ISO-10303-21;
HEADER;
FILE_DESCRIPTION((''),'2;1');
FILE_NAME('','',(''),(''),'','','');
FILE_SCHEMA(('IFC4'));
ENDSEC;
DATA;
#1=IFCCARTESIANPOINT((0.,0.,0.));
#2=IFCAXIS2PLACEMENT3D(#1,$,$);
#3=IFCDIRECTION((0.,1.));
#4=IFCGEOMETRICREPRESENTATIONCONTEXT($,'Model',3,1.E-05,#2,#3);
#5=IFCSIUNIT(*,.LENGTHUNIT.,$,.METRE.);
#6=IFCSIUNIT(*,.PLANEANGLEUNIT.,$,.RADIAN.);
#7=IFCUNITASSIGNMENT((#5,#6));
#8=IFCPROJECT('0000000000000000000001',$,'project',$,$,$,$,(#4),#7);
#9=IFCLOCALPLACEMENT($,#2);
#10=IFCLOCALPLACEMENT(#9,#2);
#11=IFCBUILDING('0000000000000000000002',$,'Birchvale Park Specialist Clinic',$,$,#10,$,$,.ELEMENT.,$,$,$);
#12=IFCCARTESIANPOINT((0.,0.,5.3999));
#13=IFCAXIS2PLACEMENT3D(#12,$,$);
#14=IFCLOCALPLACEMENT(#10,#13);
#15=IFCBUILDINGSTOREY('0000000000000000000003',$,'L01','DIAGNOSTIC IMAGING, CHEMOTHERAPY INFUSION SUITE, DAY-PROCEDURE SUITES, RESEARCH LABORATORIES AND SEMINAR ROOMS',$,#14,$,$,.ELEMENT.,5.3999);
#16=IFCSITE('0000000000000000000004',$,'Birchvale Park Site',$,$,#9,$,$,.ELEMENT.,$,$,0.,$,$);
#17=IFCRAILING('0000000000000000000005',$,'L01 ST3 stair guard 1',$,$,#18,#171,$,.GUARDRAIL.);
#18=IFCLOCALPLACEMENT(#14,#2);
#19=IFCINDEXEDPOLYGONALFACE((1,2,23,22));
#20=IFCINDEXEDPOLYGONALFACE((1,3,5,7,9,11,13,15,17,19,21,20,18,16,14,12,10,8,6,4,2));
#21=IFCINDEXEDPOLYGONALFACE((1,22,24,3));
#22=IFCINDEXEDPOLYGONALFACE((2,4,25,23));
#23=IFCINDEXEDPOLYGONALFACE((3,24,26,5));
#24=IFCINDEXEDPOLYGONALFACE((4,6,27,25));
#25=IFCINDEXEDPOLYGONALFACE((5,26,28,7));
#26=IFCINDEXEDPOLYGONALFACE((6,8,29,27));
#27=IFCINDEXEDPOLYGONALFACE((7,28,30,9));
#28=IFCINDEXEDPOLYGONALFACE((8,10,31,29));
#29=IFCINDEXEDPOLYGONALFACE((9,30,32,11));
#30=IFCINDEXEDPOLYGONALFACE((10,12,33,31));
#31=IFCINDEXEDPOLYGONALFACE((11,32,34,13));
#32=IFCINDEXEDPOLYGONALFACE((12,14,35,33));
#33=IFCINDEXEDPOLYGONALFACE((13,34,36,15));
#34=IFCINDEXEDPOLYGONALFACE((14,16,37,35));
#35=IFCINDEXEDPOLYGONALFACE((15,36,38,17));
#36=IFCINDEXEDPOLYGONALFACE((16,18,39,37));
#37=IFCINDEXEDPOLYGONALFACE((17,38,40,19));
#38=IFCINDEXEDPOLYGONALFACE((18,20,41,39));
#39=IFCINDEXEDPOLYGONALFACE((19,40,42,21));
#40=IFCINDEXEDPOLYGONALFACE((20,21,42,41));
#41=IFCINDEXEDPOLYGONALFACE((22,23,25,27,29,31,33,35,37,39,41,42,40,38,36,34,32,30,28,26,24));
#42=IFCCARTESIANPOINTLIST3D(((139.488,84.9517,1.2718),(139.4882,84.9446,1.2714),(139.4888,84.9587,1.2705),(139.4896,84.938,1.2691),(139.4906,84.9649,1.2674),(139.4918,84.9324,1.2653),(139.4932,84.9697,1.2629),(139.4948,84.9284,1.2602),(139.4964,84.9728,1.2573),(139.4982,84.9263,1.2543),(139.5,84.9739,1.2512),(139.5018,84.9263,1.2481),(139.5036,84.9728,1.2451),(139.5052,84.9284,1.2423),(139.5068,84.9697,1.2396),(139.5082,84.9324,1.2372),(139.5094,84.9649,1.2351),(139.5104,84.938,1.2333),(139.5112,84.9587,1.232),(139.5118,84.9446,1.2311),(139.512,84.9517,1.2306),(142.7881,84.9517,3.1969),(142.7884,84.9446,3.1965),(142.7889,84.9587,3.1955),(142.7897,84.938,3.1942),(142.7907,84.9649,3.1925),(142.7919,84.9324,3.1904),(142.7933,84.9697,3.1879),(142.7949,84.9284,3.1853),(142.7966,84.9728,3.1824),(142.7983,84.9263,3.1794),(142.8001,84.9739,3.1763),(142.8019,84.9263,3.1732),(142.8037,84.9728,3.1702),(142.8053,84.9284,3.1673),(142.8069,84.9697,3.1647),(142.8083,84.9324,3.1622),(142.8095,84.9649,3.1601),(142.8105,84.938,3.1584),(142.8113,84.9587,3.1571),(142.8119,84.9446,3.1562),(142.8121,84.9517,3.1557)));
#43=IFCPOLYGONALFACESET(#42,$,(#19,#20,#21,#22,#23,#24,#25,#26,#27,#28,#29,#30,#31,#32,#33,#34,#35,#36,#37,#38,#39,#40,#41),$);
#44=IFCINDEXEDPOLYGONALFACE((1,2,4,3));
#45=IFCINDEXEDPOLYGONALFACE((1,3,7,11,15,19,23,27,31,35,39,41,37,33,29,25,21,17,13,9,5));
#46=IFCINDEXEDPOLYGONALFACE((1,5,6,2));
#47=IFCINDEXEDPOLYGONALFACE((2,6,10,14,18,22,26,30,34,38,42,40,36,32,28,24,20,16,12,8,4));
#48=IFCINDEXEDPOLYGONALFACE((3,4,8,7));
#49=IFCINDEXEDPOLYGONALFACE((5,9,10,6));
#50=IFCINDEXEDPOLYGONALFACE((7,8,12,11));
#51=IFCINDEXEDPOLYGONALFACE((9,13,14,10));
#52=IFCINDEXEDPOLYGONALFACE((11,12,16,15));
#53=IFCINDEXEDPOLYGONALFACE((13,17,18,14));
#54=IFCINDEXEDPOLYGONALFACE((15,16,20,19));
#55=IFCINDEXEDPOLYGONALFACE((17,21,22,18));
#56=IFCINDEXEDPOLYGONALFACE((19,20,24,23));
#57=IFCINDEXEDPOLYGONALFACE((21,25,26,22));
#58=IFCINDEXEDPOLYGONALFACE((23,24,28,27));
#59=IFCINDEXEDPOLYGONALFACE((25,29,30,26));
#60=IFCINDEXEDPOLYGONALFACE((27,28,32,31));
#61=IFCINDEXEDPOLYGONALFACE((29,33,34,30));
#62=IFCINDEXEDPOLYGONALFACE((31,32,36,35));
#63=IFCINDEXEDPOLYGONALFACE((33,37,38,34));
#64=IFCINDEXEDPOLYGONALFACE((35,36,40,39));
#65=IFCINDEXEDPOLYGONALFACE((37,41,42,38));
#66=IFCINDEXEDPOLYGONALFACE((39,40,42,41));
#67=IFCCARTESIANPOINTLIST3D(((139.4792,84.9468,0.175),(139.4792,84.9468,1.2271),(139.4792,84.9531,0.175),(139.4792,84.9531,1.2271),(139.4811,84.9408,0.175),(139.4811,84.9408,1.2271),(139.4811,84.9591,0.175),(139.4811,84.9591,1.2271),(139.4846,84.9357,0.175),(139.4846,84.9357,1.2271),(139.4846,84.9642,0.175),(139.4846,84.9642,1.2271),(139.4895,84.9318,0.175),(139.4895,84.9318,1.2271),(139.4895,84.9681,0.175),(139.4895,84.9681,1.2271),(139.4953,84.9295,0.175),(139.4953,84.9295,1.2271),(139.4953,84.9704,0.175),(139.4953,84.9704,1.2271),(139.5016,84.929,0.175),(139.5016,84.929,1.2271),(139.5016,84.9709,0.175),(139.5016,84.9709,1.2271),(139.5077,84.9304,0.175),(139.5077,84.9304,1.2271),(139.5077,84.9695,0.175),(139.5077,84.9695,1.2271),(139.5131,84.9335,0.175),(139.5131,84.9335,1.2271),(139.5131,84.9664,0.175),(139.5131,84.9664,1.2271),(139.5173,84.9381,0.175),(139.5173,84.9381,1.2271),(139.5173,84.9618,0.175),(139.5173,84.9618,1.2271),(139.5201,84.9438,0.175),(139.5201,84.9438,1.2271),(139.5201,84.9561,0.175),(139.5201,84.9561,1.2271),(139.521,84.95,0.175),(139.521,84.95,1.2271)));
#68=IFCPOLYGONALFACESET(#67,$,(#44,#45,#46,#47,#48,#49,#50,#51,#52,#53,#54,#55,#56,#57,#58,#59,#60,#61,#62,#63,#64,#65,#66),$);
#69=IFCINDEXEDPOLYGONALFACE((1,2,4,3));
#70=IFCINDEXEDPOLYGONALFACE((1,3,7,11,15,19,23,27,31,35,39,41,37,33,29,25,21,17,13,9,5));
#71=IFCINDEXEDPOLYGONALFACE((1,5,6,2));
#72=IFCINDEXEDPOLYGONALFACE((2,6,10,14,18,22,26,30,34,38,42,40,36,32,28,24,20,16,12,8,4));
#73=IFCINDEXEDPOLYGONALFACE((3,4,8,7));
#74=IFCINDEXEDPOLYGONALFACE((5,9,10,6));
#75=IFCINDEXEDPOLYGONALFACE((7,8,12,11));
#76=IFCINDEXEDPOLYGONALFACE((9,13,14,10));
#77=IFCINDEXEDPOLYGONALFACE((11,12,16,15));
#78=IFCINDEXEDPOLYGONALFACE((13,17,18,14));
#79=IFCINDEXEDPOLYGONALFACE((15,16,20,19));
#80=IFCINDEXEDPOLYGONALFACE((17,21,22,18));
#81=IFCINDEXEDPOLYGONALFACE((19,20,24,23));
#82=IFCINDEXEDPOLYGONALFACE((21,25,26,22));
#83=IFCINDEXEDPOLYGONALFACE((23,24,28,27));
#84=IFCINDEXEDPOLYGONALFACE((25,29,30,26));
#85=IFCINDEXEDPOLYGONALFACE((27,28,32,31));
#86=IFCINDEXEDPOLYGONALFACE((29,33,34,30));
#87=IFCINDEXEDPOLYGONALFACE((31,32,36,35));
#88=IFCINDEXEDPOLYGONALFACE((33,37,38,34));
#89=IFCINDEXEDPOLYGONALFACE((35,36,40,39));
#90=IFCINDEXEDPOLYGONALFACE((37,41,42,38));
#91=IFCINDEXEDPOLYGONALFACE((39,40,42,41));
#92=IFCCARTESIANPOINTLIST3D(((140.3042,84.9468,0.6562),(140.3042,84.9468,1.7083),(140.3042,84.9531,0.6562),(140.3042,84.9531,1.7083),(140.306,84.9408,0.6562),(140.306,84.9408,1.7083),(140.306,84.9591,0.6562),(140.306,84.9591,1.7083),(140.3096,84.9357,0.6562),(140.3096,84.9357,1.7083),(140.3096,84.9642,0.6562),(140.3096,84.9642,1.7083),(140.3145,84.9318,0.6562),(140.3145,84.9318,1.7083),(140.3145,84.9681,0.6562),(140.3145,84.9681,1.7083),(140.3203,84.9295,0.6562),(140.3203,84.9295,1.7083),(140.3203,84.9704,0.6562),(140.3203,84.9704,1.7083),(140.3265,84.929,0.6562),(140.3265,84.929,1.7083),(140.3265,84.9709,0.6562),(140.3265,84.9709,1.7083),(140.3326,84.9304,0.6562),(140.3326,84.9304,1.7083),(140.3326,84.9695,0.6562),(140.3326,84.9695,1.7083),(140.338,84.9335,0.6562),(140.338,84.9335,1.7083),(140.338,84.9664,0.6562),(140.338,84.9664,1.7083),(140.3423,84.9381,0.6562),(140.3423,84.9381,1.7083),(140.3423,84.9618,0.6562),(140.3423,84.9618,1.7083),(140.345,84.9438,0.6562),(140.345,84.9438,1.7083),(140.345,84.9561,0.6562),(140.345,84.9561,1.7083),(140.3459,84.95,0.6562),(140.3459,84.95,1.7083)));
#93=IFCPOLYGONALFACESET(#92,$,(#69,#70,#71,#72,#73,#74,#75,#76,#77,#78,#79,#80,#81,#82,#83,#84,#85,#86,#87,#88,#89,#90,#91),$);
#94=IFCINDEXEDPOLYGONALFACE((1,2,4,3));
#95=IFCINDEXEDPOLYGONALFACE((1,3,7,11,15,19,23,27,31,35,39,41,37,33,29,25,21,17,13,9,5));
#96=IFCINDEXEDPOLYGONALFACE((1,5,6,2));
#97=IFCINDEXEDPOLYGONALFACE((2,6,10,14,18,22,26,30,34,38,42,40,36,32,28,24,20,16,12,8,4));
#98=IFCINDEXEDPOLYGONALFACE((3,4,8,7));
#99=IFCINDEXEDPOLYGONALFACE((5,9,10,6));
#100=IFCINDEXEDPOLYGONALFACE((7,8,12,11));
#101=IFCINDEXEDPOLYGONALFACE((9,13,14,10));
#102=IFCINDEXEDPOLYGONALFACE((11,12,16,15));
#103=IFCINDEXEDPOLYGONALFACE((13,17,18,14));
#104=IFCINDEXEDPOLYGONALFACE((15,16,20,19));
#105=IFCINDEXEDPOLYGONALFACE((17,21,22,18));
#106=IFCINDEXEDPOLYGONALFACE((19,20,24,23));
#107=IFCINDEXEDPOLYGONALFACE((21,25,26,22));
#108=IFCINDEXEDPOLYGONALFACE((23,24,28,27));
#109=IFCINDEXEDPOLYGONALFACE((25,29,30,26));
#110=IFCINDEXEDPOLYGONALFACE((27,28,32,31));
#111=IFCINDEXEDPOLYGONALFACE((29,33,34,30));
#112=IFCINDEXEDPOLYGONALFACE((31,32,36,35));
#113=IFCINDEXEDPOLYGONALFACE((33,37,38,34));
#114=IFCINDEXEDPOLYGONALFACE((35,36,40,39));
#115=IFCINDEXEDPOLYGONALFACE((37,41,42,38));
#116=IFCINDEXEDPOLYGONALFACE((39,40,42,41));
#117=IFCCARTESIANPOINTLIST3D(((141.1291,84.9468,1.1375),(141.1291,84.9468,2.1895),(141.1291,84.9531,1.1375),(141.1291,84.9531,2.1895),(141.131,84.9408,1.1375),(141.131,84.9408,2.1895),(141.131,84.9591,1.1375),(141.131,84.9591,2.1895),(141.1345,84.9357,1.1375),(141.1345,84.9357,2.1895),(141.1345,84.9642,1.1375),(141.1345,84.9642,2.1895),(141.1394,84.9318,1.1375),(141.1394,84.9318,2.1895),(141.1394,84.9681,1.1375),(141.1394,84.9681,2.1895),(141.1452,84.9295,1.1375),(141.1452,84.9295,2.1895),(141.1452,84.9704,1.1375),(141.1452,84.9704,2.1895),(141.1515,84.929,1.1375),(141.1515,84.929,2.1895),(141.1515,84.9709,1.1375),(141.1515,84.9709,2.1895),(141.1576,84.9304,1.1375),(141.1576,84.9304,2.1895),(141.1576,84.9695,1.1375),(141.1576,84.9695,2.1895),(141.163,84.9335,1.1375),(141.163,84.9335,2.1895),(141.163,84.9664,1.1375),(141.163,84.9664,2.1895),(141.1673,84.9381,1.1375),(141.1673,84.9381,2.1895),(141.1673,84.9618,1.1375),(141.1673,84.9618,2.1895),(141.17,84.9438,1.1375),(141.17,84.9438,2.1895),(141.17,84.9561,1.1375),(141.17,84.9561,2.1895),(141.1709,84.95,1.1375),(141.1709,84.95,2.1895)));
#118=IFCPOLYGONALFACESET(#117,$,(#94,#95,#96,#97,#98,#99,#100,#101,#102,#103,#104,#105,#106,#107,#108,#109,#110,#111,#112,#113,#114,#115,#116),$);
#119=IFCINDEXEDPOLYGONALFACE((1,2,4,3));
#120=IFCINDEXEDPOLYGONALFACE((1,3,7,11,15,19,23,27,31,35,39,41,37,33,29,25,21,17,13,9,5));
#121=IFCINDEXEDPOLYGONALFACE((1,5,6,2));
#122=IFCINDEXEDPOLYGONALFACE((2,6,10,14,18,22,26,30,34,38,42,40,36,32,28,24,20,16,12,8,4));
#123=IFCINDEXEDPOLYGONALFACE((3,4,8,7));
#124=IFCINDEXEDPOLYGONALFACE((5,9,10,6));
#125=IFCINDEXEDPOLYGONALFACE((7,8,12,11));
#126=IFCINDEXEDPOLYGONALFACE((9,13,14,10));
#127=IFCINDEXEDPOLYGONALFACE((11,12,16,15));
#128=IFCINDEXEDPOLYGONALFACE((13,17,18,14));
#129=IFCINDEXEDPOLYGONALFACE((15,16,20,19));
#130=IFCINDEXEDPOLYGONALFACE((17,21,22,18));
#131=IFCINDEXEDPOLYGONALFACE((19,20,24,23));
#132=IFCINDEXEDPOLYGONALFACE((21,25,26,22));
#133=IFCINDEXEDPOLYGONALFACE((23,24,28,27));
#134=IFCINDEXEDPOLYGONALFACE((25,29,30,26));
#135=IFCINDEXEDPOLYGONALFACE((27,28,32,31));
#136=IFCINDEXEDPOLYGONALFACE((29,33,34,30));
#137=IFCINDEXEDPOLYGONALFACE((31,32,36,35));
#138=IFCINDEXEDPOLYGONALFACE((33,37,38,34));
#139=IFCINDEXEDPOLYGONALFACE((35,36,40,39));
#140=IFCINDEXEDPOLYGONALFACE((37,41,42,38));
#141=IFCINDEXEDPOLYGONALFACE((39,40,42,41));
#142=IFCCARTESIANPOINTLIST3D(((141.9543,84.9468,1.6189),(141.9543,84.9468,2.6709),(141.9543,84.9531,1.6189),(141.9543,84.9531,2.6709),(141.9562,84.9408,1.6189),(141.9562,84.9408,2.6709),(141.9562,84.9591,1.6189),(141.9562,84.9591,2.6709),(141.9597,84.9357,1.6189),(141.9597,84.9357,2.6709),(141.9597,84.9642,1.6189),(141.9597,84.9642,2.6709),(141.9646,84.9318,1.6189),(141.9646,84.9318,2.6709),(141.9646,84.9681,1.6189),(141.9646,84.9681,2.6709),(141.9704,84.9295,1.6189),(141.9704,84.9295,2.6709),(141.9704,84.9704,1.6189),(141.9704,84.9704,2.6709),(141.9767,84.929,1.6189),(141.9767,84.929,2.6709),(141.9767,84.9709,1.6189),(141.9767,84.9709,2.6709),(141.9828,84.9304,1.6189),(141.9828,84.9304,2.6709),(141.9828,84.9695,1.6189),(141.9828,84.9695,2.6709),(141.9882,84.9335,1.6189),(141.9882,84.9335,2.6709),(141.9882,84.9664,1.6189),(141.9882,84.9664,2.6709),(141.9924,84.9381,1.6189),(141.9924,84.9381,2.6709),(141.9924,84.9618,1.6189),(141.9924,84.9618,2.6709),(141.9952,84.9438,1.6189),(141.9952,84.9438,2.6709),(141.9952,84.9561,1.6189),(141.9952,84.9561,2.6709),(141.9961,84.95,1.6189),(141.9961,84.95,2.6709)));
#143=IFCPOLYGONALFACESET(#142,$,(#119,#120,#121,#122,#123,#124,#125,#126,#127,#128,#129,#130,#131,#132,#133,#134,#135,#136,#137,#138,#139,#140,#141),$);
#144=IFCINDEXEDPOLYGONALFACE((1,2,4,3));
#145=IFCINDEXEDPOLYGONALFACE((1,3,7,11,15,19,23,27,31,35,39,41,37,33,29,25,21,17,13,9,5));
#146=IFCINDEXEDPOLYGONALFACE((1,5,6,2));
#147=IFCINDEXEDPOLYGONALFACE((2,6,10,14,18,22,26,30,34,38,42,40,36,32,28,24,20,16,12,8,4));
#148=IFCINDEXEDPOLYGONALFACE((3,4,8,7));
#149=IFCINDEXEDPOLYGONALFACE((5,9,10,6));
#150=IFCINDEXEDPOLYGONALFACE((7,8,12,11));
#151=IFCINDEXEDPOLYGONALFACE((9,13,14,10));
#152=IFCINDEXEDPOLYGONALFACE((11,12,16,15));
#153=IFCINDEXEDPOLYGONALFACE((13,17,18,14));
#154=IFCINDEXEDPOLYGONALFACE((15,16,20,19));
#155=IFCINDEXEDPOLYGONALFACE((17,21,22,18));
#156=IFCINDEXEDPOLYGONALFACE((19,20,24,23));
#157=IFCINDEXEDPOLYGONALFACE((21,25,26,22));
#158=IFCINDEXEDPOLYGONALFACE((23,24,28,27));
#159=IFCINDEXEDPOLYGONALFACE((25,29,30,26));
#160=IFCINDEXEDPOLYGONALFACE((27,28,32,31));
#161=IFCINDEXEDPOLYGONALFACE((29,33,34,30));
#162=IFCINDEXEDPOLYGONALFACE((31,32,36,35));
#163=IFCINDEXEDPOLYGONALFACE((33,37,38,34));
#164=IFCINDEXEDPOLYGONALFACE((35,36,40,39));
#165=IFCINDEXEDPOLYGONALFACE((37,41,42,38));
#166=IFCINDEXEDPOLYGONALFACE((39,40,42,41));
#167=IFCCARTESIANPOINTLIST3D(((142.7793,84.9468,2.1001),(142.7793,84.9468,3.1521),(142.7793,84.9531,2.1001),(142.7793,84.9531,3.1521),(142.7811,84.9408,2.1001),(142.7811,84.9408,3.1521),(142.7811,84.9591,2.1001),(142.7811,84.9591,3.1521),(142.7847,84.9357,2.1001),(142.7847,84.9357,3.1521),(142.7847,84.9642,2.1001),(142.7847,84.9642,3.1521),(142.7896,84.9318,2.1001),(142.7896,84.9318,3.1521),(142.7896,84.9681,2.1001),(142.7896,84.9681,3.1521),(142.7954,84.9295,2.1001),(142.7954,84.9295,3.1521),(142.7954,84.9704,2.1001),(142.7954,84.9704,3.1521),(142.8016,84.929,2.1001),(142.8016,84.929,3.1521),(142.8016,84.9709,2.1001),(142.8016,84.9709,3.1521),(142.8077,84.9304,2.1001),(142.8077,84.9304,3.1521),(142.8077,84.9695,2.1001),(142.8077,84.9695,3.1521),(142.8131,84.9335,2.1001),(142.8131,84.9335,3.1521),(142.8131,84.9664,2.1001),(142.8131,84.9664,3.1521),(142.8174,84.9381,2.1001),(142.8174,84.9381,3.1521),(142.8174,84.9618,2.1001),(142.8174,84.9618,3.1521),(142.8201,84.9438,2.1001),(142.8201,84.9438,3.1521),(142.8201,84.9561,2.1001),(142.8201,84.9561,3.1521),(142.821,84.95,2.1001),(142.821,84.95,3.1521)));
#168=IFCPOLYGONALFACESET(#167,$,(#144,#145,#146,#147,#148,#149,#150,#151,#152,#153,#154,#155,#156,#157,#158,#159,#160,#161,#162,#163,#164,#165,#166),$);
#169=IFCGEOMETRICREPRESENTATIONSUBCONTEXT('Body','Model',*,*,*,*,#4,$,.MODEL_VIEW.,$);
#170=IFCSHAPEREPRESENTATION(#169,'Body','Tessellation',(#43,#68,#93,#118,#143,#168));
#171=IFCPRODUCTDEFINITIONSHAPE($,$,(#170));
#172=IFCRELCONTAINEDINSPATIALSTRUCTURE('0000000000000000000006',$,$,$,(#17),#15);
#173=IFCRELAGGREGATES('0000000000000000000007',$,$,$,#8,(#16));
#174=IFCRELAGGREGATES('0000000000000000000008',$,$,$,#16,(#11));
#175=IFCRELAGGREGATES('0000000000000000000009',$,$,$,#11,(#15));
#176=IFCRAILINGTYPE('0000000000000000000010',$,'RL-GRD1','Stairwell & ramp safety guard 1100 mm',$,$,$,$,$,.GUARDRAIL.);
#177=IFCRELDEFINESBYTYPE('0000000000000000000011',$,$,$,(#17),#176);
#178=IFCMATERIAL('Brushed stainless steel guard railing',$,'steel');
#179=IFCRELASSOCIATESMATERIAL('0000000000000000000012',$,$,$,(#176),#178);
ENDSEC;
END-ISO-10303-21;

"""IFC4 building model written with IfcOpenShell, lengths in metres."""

from ifc_helpers import new_model, si_unit, direction, frame, origin, origin_2d, place, context, subcontext, project, spatial, circle, extrude, material, type_object, element, save


model = new_model("IFC4")

# Units and contexts
model_context = context("Model", 3, precision=1e-05, world=origin(), true_north=direction((0.0, 1.0)))
body_context = subcontext(model_context, "Body", "Model", "MODEL_VIEW")
ifc_project = project(units=[si_unit("LENGTHUNIT", "METRE"), si_unit("PLANEANGLEUNIT", "RADIAN")], contexts=[model_context])

# Site, building, storey
site_placement = place(None, origin())
site = spatial("IfcSite", under=ifc_project, at=site_placement, Name="Birchvale Park Site", CompositionType="ELEMENT", RefElevation=0.0)
building_placement = place(site_placement, origin())
building = spatial("IfcBuilding", under=site, at=building_placement, Name="Birchvale Park Specialist Clinic", CompositionType="ELEMENT")
storey_placement = place(building_placement, frame((0.0, 0.0, 5.3999)))
storey = spatial("IfcBuildingStorey", under=building, at=storey_placement, Name="L01", Description="DIAGNOSTIC IMAGING, CHEMOTHERAPY INFUSION SUITE, DAY-PROCEDURE SUITES, RESEARCH LABORATORIES AND SEMINAR ROOMS", CompositionType="ELEMENT", Elevation=5.3999)

# Railing
ifc_material_1 = material(Name="Brushed stainless steel guard railing", Category="steel")
railing_type_1 = type_object("IfcRailingType", Name="RL-GRD1", Description="Stairwell & ramp safety guard 1100 mm", PredefinedType="GUARDRAIL", material=ifc_material_1)
railing_1_placement = place(storey_placement, frame((139.5, 84.95, 0.175)))
element("IfcRailing", 1, at=railing_1_placement, inside=storey, type_object=railing_type_1, Name="L01 ST3 stair guard 1", PredefinedType="GUARDRAIL", context=body_context, shape_type="SweptSolid", body=[
    extrude(circle(Radius=0.0239, at=origin_2d()), frame((0.0, 0.0, 1.0762), z_axis=(0.863777, 0.0, 0.503875), x_axis=(0.0, 1.0, 0.0)), (0.0, 0.0, 1.0), 3.8206),
    extrude(circle(Radius=0.021, at=origin_2d()), origin(), (0.0, 0.0, 1.0), 1.052),
    extrude(circle(Radius=0.021, at=origin_2d()), frame((0.825, 0.0, 0.4812)), (0.0, 0.0, 1.0), 1.052),
    extrude(circle(Radius=0.021, at=origin_2d()), frame((1.6499, 0.0, 0.9624)), (0.0, 0.0, 1.0), 1.052),
    extrude(circle(Radius=0.021, at=origin_2d()), frame((2.4751, 0.0, 1.4438)), (0.0, 0.0, 1.0), 1.052),
    extrude(circle(Radius=0.021, at=origin_2d()), frame((3.3, 0.0, 1.925)), (0.0, 0.0, 1.0), 1.052),
])

save(model, "model.ifc")
